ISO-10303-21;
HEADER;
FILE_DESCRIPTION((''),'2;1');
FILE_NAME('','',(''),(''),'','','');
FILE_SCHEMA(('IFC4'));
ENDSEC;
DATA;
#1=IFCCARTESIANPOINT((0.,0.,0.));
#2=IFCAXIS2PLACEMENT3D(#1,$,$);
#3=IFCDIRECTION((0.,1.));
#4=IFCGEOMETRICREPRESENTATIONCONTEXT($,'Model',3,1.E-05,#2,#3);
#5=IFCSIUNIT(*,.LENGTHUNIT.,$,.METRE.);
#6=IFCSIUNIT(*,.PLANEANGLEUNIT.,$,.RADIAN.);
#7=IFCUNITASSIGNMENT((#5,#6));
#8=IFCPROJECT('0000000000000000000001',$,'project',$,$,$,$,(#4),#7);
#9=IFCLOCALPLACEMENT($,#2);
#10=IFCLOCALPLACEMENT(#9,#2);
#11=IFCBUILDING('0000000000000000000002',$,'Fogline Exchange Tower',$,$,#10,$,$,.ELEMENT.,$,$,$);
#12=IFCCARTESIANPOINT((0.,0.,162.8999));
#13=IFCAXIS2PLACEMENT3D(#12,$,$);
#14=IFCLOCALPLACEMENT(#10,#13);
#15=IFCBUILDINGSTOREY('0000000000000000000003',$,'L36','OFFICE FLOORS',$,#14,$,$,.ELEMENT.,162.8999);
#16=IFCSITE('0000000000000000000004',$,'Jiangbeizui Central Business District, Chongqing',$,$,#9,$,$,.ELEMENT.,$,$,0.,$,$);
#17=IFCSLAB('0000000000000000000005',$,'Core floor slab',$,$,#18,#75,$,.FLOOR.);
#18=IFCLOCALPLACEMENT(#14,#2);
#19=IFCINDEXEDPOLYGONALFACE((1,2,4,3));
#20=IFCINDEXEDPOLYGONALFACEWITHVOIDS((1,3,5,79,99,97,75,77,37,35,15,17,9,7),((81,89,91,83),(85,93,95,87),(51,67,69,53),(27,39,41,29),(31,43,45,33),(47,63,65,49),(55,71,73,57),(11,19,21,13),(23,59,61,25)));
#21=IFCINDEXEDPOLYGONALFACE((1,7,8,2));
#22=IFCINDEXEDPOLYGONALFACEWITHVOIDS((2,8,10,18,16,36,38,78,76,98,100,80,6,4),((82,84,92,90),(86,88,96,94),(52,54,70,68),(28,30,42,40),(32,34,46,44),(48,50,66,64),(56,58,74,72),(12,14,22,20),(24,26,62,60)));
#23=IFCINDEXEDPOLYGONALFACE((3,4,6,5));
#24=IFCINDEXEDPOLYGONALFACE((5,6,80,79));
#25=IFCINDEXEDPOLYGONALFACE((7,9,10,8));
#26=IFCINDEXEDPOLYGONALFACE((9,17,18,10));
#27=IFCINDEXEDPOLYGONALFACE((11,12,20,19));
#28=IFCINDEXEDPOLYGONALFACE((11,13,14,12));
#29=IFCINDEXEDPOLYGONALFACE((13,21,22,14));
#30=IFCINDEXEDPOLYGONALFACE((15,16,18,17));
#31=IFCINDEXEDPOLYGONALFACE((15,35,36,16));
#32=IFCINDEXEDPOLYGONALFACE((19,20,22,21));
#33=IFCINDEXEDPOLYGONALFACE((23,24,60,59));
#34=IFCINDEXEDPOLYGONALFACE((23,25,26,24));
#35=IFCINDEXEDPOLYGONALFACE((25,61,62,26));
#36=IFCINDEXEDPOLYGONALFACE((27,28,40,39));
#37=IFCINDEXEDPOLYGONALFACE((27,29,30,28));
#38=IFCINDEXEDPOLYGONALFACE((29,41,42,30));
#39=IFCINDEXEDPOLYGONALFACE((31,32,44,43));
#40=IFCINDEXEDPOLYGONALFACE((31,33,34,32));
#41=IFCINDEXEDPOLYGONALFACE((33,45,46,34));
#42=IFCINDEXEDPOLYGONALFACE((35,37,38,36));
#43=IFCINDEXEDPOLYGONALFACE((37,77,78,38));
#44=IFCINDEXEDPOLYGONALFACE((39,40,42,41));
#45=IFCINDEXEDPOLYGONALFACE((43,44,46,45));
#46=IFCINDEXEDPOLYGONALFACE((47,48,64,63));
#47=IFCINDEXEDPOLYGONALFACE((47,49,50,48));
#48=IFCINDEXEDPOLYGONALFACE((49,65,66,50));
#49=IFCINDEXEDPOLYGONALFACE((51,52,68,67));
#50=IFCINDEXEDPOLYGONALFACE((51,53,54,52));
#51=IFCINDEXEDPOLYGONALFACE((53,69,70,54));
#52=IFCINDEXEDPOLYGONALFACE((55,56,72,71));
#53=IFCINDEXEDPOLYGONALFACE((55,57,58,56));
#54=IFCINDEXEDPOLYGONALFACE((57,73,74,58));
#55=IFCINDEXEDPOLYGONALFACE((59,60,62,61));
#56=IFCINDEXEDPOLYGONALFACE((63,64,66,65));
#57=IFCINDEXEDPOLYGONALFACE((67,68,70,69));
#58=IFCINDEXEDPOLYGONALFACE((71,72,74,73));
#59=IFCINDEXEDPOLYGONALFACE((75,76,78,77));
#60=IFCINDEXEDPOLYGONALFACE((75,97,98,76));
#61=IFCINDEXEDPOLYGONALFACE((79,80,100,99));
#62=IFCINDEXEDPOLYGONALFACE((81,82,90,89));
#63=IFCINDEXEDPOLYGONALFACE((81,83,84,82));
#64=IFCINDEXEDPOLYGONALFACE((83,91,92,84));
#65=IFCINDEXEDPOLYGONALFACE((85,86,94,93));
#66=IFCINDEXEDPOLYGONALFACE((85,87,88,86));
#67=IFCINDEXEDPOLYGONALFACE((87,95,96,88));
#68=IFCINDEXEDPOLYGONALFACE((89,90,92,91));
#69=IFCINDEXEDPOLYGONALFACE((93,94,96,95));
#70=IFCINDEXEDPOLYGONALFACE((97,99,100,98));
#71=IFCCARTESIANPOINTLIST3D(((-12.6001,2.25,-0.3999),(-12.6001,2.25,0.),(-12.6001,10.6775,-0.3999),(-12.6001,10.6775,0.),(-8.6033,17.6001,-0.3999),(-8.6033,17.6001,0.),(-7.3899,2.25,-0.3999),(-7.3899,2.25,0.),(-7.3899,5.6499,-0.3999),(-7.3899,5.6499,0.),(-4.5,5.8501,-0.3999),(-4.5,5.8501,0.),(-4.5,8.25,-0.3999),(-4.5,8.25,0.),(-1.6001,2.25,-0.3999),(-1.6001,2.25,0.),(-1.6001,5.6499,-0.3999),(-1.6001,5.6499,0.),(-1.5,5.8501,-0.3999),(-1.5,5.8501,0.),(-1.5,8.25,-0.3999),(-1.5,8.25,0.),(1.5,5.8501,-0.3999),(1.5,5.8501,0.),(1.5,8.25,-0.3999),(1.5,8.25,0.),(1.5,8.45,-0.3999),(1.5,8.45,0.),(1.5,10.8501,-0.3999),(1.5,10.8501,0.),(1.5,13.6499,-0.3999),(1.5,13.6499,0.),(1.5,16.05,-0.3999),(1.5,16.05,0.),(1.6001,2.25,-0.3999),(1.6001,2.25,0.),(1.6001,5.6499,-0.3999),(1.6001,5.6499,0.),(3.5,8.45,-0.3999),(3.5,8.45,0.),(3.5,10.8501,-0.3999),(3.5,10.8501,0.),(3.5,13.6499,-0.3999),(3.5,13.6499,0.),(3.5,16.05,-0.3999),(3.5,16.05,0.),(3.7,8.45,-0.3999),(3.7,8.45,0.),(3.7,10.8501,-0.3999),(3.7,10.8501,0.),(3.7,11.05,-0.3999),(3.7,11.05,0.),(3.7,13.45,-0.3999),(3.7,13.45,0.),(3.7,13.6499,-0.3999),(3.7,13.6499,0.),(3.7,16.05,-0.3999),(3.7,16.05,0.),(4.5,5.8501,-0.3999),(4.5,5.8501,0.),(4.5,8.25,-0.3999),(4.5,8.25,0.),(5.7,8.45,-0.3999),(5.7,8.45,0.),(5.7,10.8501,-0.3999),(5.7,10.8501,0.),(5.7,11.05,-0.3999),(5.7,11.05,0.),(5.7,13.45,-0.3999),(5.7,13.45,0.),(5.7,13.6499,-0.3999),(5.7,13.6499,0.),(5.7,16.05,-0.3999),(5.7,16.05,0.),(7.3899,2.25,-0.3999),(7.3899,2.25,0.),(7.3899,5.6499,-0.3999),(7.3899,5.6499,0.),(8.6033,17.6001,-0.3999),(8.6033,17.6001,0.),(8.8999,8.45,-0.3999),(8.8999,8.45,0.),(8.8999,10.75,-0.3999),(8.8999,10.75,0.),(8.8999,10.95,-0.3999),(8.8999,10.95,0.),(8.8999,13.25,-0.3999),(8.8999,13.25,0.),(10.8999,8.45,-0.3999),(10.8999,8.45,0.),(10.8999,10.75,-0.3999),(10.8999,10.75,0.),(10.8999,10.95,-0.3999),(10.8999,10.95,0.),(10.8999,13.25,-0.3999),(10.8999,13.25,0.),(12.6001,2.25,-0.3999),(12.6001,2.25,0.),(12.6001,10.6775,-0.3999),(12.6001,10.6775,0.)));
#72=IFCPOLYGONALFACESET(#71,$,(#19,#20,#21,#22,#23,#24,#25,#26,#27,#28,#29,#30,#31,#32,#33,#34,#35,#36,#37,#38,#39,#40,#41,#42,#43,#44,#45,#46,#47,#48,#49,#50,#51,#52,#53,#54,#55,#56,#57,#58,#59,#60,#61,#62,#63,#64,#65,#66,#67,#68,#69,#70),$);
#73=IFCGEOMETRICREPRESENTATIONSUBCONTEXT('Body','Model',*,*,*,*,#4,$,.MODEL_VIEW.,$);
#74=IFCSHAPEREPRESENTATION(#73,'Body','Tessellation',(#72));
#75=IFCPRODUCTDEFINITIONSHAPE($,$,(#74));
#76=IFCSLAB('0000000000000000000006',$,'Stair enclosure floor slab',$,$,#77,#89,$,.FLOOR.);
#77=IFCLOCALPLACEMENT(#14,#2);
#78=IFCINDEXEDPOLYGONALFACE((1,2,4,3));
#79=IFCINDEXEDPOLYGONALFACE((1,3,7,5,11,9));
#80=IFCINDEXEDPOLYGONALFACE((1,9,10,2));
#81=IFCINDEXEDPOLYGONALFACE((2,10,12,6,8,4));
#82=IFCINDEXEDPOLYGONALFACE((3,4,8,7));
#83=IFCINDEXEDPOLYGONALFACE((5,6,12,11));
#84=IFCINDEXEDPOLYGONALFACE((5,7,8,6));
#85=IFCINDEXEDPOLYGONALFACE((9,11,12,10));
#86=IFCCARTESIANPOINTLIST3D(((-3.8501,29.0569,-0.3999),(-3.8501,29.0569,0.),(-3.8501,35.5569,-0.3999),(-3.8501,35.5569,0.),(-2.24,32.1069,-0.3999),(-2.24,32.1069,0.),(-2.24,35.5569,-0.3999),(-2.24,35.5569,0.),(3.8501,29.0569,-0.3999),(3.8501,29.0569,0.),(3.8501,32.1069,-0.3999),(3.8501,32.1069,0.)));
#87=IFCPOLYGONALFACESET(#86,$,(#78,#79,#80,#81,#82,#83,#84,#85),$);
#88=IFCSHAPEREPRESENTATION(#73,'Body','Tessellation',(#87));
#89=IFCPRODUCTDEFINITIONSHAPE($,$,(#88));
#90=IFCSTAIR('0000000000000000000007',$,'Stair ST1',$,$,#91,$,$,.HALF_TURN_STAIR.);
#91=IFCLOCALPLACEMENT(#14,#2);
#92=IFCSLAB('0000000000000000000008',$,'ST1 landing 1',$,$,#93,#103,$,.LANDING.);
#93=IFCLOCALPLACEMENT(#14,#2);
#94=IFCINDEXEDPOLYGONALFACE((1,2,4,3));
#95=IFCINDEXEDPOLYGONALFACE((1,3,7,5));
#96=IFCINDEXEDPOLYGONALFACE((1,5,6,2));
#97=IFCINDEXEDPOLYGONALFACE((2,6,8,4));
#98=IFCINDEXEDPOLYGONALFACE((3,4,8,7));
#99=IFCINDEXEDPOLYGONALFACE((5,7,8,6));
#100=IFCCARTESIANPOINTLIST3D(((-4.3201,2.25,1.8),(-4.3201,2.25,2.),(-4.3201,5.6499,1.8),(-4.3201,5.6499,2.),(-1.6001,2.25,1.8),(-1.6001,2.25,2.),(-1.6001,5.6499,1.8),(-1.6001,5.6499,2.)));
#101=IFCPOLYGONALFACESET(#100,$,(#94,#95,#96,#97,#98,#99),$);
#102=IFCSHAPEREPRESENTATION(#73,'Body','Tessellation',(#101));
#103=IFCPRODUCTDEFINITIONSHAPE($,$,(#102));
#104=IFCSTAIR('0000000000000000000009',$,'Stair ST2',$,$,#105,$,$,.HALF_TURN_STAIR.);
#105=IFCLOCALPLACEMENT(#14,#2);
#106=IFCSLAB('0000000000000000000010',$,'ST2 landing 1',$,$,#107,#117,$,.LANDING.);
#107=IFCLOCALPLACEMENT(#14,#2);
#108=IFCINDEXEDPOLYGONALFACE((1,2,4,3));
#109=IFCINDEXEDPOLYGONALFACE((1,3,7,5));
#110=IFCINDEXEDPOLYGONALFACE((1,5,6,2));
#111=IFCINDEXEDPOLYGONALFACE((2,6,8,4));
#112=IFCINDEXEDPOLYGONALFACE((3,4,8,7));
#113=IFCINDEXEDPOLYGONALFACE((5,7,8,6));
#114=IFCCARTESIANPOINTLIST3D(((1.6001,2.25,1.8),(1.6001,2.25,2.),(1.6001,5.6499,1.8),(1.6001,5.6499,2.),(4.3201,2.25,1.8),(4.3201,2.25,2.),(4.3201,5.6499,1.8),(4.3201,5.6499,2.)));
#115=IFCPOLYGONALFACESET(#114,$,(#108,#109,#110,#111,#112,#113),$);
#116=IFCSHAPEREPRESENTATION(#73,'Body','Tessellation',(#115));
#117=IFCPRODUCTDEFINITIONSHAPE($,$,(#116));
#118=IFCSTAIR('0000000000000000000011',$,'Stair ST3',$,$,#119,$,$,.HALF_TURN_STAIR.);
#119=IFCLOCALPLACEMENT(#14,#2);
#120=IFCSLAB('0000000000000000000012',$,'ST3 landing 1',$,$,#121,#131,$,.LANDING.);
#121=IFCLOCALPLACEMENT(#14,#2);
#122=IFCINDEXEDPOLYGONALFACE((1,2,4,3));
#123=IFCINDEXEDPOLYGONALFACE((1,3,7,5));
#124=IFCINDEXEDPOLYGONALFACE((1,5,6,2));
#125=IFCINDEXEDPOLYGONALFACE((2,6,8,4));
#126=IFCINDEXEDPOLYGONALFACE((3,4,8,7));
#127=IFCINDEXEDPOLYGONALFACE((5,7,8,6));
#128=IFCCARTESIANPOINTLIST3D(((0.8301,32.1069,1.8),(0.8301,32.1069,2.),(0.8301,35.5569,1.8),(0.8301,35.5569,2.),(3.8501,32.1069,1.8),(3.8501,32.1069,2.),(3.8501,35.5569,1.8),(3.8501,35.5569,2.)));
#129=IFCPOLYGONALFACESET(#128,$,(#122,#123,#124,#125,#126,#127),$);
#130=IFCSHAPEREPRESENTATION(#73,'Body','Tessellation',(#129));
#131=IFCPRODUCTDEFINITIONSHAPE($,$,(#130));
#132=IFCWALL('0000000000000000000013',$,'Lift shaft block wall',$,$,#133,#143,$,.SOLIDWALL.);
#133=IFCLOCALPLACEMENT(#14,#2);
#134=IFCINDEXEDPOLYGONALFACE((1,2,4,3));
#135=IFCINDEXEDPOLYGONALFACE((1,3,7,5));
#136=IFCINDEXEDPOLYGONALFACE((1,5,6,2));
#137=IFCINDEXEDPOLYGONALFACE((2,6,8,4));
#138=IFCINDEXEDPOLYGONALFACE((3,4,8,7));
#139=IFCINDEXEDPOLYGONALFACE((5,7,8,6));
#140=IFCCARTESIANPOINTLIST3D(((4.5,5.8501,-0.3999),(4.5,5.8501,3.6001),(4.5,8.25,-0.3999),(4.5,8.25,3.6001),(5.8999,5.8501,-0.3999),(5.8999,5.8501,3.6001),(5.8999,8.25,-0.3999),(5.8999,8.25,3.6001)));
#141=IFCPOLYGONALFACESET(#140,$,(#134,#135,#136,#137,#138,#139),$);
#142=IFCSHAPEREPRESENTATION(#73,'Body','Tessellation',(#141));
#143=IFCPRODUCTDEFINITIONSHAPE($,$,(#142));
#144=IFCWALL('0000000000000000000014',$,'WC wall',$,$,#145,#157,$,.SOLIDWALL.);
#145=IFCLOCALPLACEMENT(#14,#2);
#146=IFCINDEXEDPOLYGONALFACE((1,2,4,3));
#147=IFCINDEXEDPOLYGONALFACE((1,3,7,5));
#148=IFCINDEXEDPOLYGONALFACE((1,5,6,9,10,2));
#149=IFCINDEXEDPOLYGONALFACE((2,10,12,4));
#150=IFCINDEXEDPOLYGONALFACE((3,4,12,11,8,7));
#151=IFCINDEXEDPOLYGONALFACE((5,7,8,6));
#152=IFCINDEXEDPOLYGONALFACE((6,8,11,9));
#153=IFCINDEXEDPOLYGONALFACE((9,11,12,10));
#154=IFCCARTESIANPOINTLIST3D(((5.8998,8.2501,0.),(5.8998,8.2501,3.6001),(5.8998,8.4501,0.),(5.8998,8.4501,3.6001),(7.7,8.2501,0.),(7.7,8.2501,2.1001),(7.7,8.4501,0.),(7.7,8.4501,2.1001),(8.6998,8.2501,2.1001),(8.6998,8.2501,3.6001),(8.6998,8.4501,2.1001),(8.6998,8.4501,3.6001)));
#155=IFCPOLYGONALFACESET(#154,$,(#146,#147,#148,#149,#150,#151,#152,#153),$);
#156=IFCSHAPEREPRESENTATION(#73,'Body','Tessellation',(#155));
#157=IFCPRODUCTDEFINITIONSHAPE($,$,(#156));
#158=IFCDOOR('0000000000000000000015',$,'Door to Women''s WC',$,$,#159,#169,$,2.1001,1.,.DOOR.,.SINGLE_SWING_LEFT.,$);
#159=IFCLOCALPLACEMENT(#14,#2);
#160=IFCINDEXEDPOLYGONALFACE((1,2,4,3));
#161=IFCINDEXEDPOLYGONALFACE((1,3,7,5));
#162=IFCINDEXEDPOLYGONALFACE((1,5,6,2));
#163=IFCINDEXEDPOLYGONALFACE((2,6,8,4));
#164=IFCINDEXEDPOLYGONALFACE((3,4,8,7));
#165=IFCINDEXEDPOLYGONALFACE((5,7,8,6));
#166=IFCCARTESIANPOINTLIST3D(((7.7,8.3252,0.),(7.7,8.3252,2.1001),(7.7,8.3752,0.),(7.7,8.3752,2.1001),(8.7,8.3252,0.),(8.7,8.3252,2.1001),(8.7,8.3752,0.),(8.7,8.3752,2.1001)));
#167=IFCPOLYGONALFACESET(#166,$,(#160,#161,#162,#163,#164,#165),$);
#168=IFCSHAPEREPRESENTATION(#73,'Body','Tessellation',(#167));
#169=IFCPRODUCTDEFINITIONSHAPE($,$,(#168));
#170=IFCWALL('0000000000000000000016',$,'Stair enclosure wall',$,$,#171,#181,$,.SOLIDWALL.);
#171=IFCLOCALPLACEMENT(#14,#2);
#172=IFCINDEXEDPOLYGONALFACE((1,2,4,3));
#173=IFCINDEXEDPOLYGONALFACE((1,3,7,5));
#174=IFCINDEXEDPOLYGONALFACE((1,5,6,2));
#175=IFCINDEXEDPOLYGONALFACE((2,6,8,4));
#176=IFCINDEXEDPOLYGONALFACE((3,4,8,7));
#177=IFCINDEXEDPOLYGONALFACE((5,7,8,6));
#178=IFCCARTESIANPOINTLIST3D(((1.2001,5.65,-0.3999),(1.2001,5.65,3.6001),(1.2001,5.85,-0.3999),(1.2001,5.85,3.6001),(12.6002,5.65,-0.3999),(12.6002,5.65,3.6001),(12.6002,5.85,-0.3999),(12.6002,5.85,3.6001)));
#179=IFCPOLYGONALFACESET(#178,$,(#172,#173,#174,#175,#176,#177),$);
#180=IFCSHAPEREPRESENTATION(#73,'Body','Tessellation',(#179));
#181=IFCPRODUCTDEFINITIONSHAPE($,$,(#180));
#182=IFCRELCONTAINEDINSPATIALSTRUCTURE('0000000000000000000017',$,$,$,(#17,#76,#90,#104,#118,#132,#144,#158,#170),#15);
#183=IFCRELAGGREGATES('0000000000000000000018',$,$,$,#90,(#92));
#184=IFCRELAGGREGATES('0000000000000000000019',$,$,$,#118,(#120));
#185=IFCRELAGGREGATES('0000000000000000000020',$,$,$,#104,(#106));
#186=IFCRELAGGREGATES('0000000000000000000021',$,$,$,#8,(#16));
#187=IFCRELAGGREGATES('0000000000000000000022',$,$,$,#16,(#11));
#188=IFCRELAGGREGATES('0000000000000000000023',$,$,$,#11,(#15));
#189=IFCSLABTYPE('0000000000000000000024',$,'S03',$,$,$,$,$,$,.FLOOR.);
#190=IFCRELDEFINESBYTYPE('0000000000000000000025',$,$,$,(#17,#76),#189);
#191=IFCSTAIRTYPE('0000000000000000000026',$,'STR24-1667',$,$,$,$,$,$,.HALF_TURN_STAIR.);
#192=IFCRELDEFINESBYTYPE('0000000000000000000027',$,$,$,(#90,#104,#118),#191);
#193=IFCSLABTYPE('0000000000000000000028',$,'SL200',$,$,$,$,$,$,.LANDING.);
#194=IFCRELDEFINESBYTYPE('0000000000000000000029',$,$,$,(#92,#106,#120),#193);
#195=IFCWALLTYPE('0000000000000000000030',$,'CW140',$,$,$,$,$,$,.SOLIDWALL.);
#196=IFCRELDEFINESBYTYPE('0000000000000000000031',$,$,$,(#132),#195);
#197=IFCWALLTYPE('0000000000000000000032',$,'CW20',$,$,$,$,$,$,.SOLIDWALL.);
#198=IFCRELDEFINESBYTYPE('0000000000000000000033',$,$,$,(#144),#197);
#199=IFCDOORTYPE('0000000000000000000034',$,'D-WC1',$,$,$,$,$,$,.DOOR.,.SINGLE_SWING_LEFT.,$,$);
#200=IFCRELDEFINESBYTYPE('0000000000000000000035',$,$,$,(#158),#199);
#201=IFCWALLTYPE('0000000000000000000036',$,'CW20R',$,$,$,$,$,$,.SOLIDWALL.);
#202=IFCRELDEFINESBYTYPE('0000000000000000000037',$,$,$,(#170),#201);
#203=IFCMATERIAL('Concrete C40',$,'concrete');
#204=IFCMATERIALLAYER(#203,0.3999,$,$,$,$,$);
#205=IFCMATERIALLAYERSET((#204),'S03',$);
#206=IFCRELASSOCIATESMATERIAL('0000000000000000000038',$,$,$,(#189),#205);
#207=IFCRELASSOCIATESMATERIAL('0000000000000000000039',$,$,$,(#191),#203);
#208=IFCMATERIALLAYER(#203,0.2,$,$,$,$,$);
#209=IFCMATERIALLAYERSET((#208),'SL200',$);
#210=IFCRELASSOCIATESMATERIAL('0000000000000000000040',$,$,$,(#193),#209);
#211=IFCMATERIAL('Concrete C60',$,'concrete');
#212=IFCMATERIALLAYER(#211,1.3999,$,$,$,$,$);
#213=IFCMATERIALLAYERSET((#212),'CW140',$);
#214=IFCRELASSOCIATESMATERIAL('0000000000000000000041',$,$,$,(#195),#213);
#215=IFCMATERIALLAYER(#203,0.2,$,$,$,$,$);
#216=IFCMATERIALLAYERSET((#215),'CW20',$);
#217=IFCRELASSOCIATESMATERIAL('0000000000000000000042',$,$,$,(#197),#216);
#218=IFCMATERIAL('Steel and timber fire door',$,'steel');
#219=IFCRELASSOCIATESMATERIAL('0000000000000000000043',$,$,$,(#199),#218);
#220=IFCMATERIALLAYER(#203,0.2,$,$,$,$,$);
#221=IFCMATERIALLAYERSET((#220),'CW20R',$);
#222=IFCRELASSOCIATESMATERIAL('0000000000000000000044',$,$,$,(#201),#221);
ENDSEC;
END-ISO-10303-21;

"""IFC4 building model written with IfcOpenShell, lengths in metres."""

from ifc_helpers import new_model, si_unit, direction, frame, frame_2d, origin, place, context, subcontext, project, spatial, polyline, rectangle, outline, extrude, material, layer, layer_set, type_object, element, fill, aggregate, save


model = new_model("IFC4")

# Units and contexts
model_context = context("Model", 3, precision=1e-05, world=origin(), true_north=direction((0.0, 1.0)))
body_context = subcontext(model_context, "Body", "Model", "MODEL_VIEW")
ifc_project = project(units=[si_unit("LENGTHUNIT", "METRE"), si_unit("PLANEANGLEUNIT", "RADIAN")], contexts=[model_context])

# Site, building, storey
site_placement = place(None, origin())
site = spatial("IfcSite", under=ifc_project, at=site_placement, Name="Jiangbeizui Central Business District, Chongqing", CompositionType="ELEMENT", RefElevation=0.0)
building_placement = place(site_placement, origin())
building = spatial("IfcBuilding", under=site, at=building_placement, Name="Fogline Exchange Tower", CompositionType="ELEMENT")
storey_placement = place(building_placement, frame((0.0, 0.0, 162.8999)))
storey = spatial("IfcBuildingStorey", under=building, at=storey_placement, Name="L36", Description="OFFICE FLOORS", CompositionType="ELEMENT", Elevation=162.8999)

# Slabs
ifc_material_1 = material(Name="Concrete C40", Category="concrete")
ifc_layer_1 = layer(ifc_material_1, 0.3999)
ifc_layer_set_1 = layer_set([ifc_layer_1], Name="S03")
slab_type_1 = type_object("IfcSlabType", Name="S03", PredefinedType="FLOOR", material=ifc_layer_set_1)
slab_1_placement = place(storey_placement, frame((0.0, 0.0, -0.3999)))
element("IfcSlab", 1, at=slab_1_placement, inside=storey, type_object=slab_type_1, Name="Core floor slab", PredefinedType="FLOOR", context=body_context, shape_type="SweptSolid", body=[
    extrude(outline(polyline([(-12.6001, 2.25), (-12.6001, 10.6775), (-8.6033, 17.6001), (8.6033, 17.6001), (12.6001, 10.6775), (12.6001, 2.25), (7.3899, 2.25), (7.3899, 5.6499), (1.6001, 5.6499), (1.6001, 2.25), (-1.6001, 2.25), (-1.6001, 5.6499), (-7.3899, 5.6499), (-7.3899, 2.25), (-12.6001, 2.25)]), holes=[polyline([(-4.5, 8.25), (-4.5, 5.8501), (-1.5, 5.8501), (-1.5, 8.25), (-4.5, 8.25)]), polyline([(4.5, 8.25), (1.5, 8.25), (1.5, 5.8501), (4.5, 5.8501), (4.5, 8.25)]), polyline([(3.5, 10.8501), (1.5, 10.8501), (1.5, 8.45), (3.5, 8.45), (3.5, 10.8501)]), polyline([(1.5, 16.05), (1.5, 13.6499), (3.5, 13.6499), (3.5, 16.05), (1.5, 16.05)]), polyline([(10.8999, 10.75), (8.8999, 10.75), (8.8999, 8.45), (10.8999, 8.45), (10.8999, 10.75)]), polyline([(5.7, 10.8501), (3.7, 10.8501), (3.7, 8.45), (5.7, 8.45), (5.7, 10.8501)]), polyline([(8.8999, 13.25), (8.8999, 10.95), (10.8999, 10.95), (10.8999, 13.25), (8.8999, 13.25)]), polyline([(5.7, 13.45), (3.7, 13.45), (3.7, 11.05), (5.7, 11.05), (5.7, 13.45)]), polyline([(5.7, 16.05), (3.7, 16.05), (3.7, 13.6499), (5.7, 13.6499), (5.7, 16.05)])]), origin(), (0.0, 0.0, 1.0), 0.3999),
])
slab_2_placement = place(storey_placement, frame((0.0, 0.0, -0.3999)))
element("IfcSlab", 2, at=slab_2_placement, inside=storey, type_object=slab_type_1, Name="Stair enclosure floor slab", PredefinedType="FLOOR", context=body_context, shape_type="SweptSolid", body=[
    extrude(outline(polyline([(3.8501, 29.0569), (-3.8501, 29.0569), (-3.8501, 35.5569), (-2.24, 35.5569), (-2.24, 32.1069), (3.8501, 32.1069), (3.8501, 29.0569)])), origin(), (0.0, 0.0, 1.0), 0.3999),
])

# Stairs, slabs
stair_type = type_object("IfcStairType", Name="STR24-1667", PredefinedType="HALF_TURN_STAIR", material=ifc_material_1)
stair_1_placement = place(storey_placement, origin())
stair_1 = element("IfcStair", 3, at=stair_1_placement, inside=storey, type_object=stair_type, Name="Stair ST1", PredefinedType="HALF_TURN_STAIR")
ifc_layer_2 = layer(ifc_material_1, 0.2)
ifc_layer_set_2 = layer_set([ifc_layer_2], Name="SL200")
slab_type_2 = type_object("IfcSlabType", Name="SL200", PredefinedType="LANDING", material=ifc_layer_set_2)
slab_3_placement = place(storey_placement, frame((0.0, 0.0, 1.8)))
slab_3 = element("IfcSlab", 4, at=slab_3_placement, type_object=slab_type_2, Name="ST1 landing 1", PredefinedType="LANDING", context=body_context, shape_type="SweptSolid", body=[
    extrude(outline(polyline([(-4.3201, 2.25), (-1.6001, 2.25), (-1.6001, 5.6499), (-4.3201, 5.6499), (-4.3201, 2.25)])), origin(), (0.0, 0.0, 1.0), 0.2),
])
aggregate(stair_1, [slab_3])
stair_2_placement = place(storey_placement, origin())
stair_2 = element("IfcStair", 5, at=stair_2_placement, inside=storey, type_object=stair_type, Name="Stair ST2", PredefinedType="HALF_TURN_STAIR")
slab_4_placement = place(storey_placement, frame((0.0, 0.0, 1.8)))
slab_4 = element("IfcSlab", 6, at=slab_4_placement, type_object=slab_type_2, Name="ST2 landing 1", PredefinedType="LANDING", context=body_context, shape_type="SweptSolid", body=[
    extrude(outline(polyline([(1.6001, 2.25), (4.3201, 2.25), (4.3201, 5.6499), (1.6001, 5.6499), (1.6001, 2.25)])), origin(), (0.0, 0.0, 1.0), 0.2),
])
stair_3_placement = place(storey_placement, origin())
stair_3 = element("IfcStair", 7, at=stair_3_placement, inside=storey, type_object=stair_type, Name="Stair ST3", PredefinedType="HALF_TURN_STAIR")
slab_5_placement = place(storey_placement, frame((0.0, 0.0, 1.8)))
slab_5 = element("IfcSlab", 8, at=slab_5_placement, type_object=slab_type_2, Name="ST3 landing 1", PredefinedType="LANDING", context=body_context, shape_type="SweptSolid", body=[
    extrude(outline(polyline([(0.8301, 32.1069), (3.8501, 32.1069), (3.8501, 35.5569), (0.8301, 35.5569), (0.8301, 32.1069)])), origin(), (0.0, 0.0, 1.0), 0.2),
])
aggregate(stair_3, [slab_5])

# Wall
ifc_material_2 = material(Name="Concrete C60", Category="concrete")
ifc_layer_3 = layer(ifc_material_2, 1.3999)
ifc_layer_set_3 = layer_set([ifc_layer_3], Name="CW140")
wall_type_1 = type_object("IfcWallType", Name="CW140", PredefinedType="SOLIDWALL", material=ifc_layer_set_3)
wall_1_placement = place(storey_placement, frame((5.2, 5.8501, -0.3999), z_axis=(0.0, 0.0, 1.0), x_axis=(0.0, 1.0, 0.0)))
element("IfcWall", 9, at=wall_1_placement, inside=storey, type_object=wall_type_1, Name="Lift shaft block wall", PredefinedType="SOLIDWALL", context=body_context, shape_type="SweptSolid", body=[
    extrude(rectangle(XDim=2.3999, YDim=1.3999, at=frame_2d((1.2, 0.0))), origin(), (0.0, 0.0, 1.0), 4.0),
])

# Wall, opening, door
ifc_layer_4 = layer(ifc_material_1, 0.2)
ifc_layer_set_4 = layer_set([ifc_layer_4], Name="CW20")
wall_type_2 = type_object("IfcWallType", Name="CW20", PredefinedType="SOLIDWALL", material=ifc_layer_set_4)
wall_2_placement = place(storey_placement, frame((5.8999, 8.3501, 0.0), z_axis=(0.0, 0.0, 1.0), x_axis=(1.0, 0.0, 0.0)))
wall_2 = element("IfcWall", 10, at=wall_2_placement, inside=storey, type_object=wall_type_2, Name="WC wall", PredefinedType="SOLIDWALL", context=body_context, shape_type="SweptSolid", body=[
    extrude(rectangle(XDim=2.8, YDim=0.2, at=frame_2d((1.3999, 0.0))), origin(), (0.0, 0.0, 1.0), 3.6001),
])
opening_1_placement = place(wall_2_placement, frame((1.8, 0.0, 0.0)))
opening_1 = element("IfcOpeningElement", 11, at=opening_1_placement, cuts=wall_2, PredefinedType="OPENING", context=body_context, shape_type="SweptSolid", body=[
    extrude(rectangle(XDim=1.0, YDim=2.1001, at=frame_2d((0.5, 1.05))), frame((0.0, 0.1099, 0.0), z_axis=(0.0, -1.0, 0.0), x_axis=(1.0, 0.0, 0.0)), (0.0, 0.0, 1.0), 0.22),
])
ifc_material_3 = material(Name="Steel and timber fire door", Category="steel")
door_type_1 = type_object("IfcDoorType", Name="D-WC1", OperationType="SINGLE_SWING_LEFT", PredefinedType="DOOR", material=ifc_material_3)
door_1_placement = place(opening_1_placement, frame((1.0, 0.0, 0.0), z_axis=(0.0, 0.0, 1.0), x_axis=(-1.0, 0.0, 0.0)))
door_1 = element("IfcDoor", 12, at=door_1_placement, inside=storey, type_object=door_type_1, Name="Door to Women's WC", OperationType="SINGLE_SWING_LEFT", OverallHeight=2.1001, OverallWidth=1.0, PredefinedType="DOOR", context=body_context, shape_type="SweptSolid", body=[
    extrude(rectangle(XDim=1.0, YDim=2.1001, at=frame_2d((0.5, 1.05))), frame((0.0, 0.0249, 0.0), z_axis=(0.0, -1.0, 0.0), x_axis=(1.0, 0.0, 0.0)), (0.0, 0.0, 1.0), 0.05),
])
fill(opening_1, door_1)

# Wall
ifc_layer_5 = layer(ifc_material_1, 0.2)
ifc_layer_set_5 = layer_set([ifc_layer_5], Name="CW20R")
wall_type_3 = type_object("IfcWallType", Name="CW20R", PredefinedType="SOLIDWALL", material=ifc_layer_set_5)
wall_3_placement = place(storey_placement, frame((1.2, 5.75, -0.3999), z_axis=(0.0, 0.0, 1.0), x_axis=(1.0, 0.0, 0.0)))
element("IfcWall", 13, at=wall_3_placement, inside=storey, type_object=wall_type_3, Name="Stair enclosure wall", PredefinedType="SOLIDWALL", context=body_context, shape_type="SweptSolid", body=[
    extrude(rectangle(XDim=11.4001, YDim=0.2, at=frame_2d((5.7002, 0.0))), origin(), (0.0, 0.0, 1.0), 4.0),
])

aggregate(stair_2, [slab_4])

save(model, "model.ifc")
